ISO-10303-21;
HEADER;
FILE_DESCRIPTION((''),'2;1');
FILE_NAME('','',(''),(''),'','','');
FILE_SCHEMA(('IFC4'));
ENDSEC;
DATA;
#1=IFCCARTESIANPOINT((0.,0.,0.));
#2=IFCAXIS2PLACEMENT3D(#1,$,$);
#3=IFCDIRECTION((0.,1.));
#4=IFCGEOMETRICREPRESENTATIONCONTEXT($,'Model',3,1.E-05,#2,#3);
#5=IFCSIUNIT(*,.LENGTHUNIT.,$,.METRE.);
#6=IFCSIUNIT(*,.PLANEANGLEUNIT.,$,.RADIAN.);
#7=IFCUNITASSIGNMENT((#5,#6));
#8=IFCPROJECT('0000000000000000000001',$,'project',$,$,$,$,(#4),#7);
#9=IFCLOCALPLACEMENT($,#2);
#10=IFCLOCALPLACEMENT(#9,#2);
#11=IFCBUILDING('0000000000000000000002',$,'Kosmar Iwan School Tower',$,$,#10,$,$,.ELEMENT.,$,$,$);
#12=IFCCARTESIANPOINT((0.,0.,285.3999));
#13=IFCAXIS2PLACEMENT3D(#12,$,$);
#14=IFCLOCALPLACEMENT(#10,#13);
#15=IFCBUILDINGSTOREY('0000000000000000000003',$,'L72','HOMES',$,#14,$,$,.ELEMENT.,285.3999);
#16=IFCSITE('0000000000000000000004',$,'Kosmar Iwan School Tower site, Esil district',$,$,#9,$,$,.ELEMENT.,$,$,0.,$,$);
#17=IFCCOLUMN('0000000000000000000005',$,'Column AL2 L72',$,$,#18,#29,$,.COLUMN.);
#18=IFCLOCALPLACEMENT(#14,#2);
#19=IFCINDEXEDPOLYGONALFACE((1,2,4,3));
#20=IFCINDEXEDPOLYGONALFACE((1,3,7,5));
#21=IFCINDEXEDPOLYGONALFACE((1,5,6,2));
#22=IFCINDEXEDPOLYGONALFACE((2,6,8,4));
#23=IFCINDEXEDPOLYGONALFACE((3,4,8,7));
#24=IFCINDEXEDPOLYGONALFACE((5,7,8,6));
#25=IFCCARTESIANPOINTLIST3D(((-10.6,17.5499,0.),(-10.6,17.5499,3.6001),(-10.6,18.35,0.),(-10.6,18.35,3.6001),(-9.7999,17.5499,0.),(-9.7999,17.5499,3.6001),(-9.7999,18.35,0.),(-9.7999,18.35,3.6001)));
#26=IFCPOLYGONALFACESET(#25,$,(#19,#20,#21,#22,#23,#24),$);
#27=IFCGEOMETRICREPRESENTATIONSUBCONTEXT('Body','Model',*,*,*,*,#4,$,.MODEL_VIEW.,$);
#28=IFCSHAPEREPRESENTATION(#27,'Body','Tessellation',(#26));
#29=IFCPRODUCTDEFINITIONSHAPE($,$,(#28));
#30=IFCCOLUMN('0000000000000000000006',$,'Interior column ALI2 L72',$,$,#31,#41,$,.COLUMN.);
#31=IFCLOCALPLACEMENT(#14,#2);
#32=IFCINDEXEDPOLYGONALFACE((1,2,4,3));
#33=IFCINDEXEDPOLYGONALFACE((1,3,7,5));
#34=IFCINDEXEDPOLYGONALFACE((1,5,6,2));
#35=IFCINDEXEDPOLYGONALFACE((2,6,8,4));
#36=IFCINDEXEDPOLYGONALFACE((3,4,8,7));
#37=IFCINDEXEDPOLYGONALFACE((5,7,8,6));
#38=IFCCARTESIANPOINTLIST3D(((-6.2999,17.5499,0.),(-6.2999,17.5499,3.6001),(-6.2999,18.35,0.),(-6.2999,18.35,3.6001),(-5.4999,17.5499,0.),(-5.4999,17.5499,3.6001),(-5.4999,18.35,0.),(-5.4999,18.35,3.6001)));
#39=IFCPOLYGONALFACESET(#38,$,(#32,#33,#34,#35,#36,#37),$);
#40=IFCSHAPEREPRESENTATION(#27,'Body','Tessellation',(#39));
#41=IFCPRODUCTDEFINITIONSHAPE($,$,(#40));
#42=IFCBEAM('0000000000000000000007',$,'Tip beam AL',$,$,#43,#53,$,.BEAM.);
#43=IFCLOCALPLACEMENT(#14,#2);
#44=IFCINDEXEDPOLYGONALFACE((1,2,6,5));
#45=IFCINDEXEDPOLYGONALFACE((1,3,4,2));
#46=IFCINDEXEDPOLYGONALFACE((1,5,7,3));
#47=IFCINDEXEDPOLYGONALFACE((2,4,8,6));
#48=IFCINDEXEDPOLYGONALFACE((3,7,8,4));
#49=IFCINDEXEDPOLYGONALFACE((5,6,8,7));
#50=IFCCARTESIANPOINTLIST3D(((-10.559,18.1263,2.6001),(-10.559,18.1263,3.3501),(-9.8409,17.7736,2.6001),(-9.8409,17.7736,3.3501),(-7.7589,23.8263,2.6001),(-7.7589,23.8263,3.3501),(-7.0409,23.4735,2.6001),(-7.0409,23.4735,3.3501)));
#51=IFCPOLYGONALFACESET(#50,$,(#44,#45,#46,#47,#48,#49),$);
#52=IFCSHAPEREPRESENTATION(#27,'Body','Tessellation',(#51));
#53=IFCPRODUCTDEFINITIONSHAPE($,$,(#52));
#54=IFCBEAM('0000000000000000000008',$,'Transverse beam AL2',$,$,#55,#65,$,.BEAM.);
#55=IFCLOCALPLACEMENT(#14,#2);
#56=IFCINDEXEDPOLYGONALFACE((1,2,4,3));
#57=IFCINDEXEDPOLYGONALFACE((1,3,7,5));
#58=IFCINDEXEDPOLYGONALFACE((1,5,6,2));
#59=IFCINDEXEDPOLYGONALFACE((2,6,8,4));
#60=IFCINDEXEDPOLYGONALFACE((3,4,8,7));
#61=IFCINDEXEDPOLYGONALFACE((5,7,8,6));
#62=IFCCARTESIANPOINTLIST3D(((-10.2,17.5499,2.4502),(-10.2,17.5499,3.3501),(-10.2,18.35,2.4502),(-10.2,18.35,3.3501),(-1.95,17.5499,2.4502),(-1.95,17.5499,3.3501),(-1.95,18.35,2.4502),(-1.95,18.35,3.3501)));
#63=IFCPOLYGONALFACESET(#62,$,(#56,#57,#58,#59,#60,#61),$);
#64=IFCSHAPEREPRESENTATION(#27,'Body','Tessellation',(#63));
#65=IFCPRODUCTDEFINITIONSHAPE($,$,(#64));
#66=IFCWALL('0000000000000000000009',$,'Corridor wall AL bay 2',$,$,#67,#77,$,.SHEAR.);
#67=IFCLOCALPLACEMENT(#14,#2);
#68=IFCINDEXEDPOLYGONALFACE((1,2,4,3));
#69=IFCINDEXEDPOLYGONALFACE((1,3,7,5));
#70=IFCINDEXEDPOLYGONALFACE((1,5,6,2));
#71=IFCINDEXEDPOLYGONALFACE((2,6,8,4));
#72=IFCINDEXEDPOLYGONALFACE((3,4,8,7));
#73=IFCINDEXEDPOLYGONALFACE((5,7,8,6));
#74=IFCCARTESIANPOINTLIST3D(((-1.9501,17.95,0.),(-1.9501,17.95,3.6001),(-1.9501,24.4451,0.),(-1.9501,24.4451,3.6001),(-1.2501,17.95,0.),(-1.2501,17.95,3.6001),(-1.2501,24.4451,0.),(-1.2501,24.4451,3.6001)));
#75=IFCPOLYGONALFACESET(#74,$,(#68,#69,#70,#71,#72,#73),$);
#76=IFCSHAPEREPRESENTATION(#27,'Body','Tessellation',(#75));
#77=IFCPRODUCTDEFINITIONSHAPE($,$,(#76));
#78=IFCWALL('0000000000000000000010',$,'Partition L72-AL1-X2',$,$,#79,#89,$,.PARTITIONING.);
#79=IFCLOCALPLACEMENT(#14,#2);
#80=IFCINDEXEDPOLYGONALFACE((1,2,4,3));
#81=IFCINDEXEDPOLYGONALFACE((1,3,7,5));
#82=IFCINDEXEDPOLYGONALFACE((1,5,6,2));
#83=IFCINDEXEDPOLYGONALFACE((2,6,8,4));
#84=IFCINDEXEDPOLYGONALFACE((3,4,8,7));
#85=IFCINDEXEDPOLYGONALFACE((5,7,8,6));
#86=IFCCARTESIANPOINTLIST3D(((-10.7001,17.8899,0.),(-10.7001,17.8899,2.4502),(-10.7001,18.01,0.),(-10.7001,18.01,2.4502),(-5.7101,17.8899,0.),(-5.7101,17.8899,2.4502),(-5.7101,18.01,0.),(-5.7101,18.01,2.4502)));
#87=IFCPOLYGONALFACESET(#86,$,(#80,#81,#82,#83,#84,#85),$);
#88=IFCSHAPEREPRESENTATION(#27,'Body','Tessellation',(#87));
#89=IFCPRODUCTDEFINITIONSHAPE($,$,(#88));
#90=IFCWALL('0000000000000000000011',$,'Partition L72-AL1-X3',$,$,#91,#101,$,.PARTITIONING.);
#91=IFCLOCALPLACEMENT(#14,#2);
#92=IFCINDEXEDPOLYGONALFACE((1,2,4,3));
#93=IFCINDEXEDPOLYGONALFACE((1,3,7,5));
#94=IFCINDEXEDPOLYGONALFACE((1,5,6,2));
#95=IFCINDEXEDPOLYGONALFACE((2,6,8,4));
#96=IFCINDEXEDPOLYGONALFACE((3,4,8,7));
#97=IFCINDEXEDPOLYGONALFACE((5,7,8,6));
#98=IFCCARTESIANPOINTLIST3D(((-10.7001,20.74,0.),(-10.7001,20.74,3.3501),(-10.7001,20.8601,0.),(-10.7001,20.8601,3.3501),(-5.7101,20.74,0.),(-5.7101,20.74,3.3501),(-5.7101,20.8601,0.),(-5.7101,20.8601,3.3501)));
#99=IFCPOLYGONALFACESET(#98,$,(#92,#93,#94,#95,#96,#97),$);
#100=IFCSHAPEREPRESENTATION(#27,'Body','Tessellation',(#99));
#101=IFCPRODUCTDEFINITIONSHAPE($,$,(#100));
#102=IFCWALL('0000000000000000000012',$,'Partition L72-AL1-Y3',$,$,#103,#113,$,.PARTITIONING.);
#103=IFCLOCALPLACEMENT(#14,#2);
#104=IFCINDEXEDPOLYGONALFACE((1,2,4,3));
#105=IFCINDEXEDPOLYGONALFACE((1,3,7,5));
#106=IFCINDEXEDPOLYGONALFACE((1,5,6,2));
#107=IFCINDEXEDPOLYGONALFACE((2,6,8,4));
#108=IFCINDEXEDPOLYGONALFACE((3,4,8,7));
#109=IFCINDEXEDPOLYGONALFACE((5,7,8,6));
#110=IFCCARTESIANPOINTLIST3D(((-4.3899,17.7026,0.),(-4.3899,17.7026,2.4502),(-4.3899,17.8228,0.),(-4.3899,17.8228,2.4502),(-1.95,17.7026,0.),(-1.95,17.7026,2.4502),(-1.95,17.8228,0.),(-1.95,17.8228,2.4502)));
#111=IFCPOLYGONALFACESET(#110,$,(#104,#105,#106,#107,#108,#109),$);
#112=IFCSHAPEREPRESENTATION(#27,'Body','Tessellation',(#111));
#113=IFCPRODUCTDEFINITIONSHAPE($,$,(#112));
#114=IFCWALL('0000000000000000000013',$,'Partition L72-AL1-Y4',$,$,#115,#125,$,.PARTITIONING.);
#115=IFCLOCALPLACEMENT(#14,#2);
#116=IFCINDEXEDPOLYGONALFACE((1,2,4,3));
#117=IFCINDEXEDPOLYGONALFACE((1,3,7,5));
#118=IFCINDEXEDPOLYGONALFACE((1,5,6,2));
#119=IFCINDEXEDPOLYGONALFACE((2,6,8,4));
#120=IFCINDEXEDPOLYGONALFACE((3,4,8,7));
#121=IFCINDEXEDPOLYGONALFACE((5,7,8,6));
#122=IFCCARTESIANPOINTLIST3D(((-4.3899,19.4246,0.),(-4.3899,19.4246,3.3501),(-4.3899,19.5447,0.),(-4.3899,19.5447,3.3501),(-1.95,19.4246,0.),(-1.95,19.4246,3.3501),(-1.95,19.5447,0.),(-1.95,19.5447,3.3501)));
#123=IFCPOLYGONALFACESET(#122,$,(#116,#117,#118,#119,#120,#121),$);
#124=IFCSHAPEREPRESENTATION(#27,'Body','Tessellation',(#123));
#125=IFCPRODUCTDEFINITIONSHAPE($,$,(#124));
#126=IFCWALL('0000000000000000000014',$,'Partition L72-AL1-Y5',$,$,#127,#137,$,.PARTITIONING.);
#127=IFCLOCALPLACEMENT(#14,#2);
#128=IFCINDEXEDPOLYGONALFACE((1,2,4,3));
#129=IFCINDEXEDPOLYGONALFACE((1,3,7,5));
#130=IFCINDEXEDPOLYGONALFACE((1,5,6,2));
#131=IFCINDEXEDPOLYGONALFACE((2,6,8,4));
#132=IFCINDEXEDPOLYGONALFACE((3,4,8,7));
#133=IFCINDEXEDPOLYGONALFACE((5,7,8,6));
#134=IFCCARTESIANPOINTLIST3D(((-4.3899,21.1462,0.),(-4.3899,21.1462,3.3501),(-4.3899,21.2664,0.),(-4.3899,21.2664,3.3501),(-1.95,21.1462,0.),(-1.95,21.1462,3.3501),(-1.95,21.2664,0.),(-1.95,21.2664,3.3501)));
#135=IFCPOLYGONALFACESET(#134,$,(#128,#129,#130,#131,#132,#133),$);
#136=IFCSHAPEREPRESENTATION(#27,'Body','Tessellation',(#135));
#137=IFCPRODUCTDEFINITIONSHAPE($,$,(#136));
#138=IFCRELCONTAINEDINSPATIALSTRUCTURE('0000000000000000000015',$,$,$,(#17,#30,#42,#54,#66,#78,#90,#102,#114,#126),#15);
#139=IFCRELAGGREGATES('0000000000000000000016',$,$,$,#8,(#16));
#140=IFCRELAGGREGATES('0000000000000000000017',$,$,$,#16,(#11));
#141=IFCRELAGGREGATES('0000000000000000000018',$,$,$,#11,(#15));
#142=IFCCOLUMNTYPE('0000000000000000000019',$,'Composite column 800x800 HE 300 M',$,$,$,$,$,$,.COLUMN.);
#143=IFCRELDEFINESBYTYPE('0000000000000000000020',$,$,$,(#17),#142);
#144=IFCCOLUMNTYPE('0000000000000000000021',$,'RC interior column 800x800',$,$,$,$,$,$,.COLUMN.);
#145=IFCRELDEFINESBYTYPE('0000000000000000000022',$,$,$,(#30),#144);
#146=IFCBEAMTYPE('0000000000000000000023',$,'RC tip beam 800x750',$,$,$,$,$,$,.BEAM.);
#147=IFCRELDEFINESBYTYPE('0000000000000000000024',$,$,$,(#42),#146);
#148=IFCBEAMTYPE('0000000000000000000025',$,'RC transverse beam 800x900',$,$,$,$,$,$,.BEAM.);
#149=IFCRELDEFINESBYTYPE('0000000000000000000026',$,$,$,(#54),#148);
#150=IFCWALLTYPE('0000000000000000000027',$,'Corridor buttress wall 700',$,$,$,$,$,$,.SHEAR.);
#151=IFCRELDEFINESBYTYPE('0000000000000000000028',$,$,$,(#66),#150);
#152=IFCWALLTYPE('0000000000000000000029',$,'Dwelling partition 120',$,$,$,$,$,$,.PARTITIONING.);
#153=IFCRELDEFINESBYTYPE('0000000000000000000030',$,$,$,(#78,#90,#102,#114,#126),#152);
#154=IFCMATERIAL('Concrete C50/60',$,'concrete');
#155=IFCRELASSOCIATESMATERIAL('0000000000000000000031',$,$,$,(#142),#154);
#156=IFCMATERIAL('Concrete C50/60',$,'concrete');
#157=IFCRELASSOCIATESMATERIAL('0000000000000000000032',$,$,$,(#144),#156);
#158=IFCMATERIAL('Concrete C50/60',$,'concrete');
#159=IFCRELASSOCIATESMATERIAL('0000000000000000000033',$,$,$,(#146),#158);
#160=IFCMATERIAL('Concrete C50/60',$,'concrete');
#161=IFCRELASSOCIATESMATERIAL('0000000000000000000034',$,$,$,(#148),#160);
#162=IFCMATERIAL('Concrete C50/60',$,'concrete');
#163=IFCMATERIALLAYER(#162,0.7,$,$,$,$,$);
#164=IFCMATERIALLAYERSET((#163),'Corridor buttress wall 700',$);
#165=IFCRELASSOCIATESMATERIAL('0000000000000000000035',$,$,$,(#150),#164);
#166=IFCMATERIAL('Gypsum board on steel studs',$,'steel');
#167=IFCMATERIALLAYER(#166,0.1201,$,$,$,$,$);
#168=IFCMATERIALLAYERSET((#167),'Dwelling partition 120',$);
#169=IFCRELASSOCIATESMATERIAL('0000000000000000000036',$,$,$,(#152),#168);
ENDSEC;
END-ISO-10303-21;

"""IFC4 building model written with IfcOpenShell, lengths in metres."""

from ifc_helpers import new_model, si_unit, direction, frame, frame_2d, origin, origin_2d, place, context, subcontext, project, spatial, rectangle, extrude, material, layer, layer_set, material_profile, profile_set, type_object, element, save


model = new_model("IFC4")

# Units and contexts
model_context = context("Model", 3, precision=1e-05, world=origin(), true_north=direction((0.0, 1.0)))
body_context = subcontext(model_context, "Body", "Model", "MODEL_VIEW")
ifc_project = project(units=[si_unit("LENGTHUNIT", "METRE"), si_unit("PLANEANGLEUNIT", "RADIAN")], contexts=[model_context])

# Site, building, storey
site_placement = place(None, origin())
site = spatial("IfcSite", under=ifc_project, at=site_placement, Name="Kosmar Iwan School Tower site, Esil district", CompositionType="ELEMENT", RefElevation=0.0)
building_placement = place(site_placement, origin())
building = spatial("IfcBuilding", under=site, at=building_placement, Name="Kosmar Iwan School Tower", CompositionType="ELEMENT")
storey_placement = place(building_placement, frame((0.0, 0.0, 285.3999)))
storey = spatial("IfcBuildingStorey", under=building, at=storey_placement, Name="L72", Description="HOMES", CompositionType="ELEMENT", Elevation=285.3999)

# Columns
ifc_material_1 = material(Name="Concrete C50/60", Category="concrete")
ifc_material_profile_1 = material_profile(ifc_material_1, rectangle(XDim=0.8, YDim=0.8, at=origin_2d()), Name="RC 800x800 + HE 300 M")
ifc_profile_set_1 = profile_set([ifc_material_profile_1], Name="Concrete C50/60")
column_type_1 = type_object("IfcColumnType", Name="Composite column 800x800 HE 300 M", PredefinedType="COLUMN", material=ifc_profile_set_1)
column_1_placement = place(storey_placement, frame((-10.2, 17.95, 0.0), z_axis=(0.0, 0.0, 1.0), x_axis=(0.0, 1.0, 0.0)))
element("IfcColumn", 1, at=column_1_placement, inside=storey, type_object=column_type_1, Name="Column AL2 L72", PredefinedType="COLUMN", context=body_context, shape_type="SweptSolid", body=[
    extrude(rectangle(XDim=0.8, YDim=0.8, at=origin_2d()), origin(), (0.0, 0.0, 1.0), 3.6001),
])
ifc_material_2 = material(Name="Concrete C50/60", Category="concrete")
ifc_material_profile_2 = material_profile(ifc_material_2, rectangle(XDim=0.8, YDim=0.8, at=origin_2d()), Name="RC 800x800")
ifc_profile_set_2 = profile_set([ifc_material_profile_2], Name="Concrete C50/60")
column_type_2 = type_object("IfcColumnType", Name="RC interior column 800x800", PredefinedType="COLUMN", material=ifc_profile_set_2)
column_2_placement = place(storey_placement, frame((-5.8999, 17.95, 0.0), z_axis=(0.0, 0.0, 1.0), x_axis=(0.0, 1.0, 0.0)))
element("IfcColumn", 2, at=column_2_placement, inside=storey, type_object=column_type_2, Name="Interior column ALI2 L72", PredefinedType="COLUMN", context=body_context, shape_type="SweptSolid", body=[
    extrude(rectangle(XDim=0.8, YDim=0.8, at=origin_2d()), origin(), (0.0, 0.0, 1.0), 3.6001),
])

# Beams
ifc_material_3 = material(Name="Concrete C50/60", Category="concrete")
ifc_material_profile_3 = material_profile(ifc_material_3, rectangle(XDim=0.8, YDim=0.75, at=origin_2d()), Name="RC 800x750")
ifc_profile_set_3 = profile_set([ifc_material_profile_3], Name="Concrete C50/60")
beam_type_1 = type_object("IfcBeamType", Name="RC tip beam 800x750", PredefinedType="BEAM", material=ifc_profile_set_3)
beam_1_placement = place(storey_placement, frame((-10.2, 17.95, 2.9751), z_axis=(0.440913, 0.89755, 0.0), x_axis=(-0.89755, 0.440913, 0.0)))
element("IfcBeam", 3, at=beam_1_placement, inside=storey, type_object=beam_type_1, Name="Tip beam AL", PredefinedType="BEAM", context=body_context, shape_type="SweptSolid", body=[
    extrude(rectangle(XDim=0.8, YDim=0.75, at=origin_2d()), origin(), (0.0, 0.0, 1.0), 6.3506),
])
ifc_material_4 = material(Name="Concrete C50/60", Category="concrete")
ifc_material_profile_4 = material_profile(ifc_material_4, rectangle(XDim=0.8, YDim=0.8999, at=origin_2d()), Name="RC 800x900")
ifc_profile_set_4 = profile_set([ifc_material_profile_4], Name="Concrete C50/60")
beam_type_2 = type_object("IfcBeamType", Name="RC transverse beam 800x900", PredefinedType="BEAM", material=ifc_profile_set_4)
beam_2_placement = place(storey_placement, frame((-10.2, 17.95, 2.9001), z_axis=(1.0, 0.0, 0.0), x_axis=(0.0, 1.0, 0.0)))
element("IfcBeam", 4, at=beam_2_placement, inside=storey, type_object=beam_type_2, Name="Transverse beam AL2", PredefinedType="BEAM", context=body_context, shape_type="SweptSolid", body=[
    extrude(rectangle(XDim=0.8, YDim=0.8999, at=origin_2d()), origin(), (0.0, 0.0, 1.0), 8.25),
])

# Walls
ifc_material_5 = material(Name="Concrete C50/60", Category="concrete")
ifc_layer_1 = layer(ifc_material_5, 0.7)
ifc_layer_set_1 = layer_set([ifc_layer_1], Name="Corridor buttress wall 700")
wall_type_1 = type_object("IfcWallType", Name="Corridor buttress wall 700", PredefinedType="SHEAR", material=ifc_layer_set_1)
wall_1_placement = place(storey_placement, frame((-1.6001, 17.95, 0.0), z_axis=(0.0, 0.0, 1.0), x_axis=(0.0, 1.0, 0.0)))
element("IfcWall", 5, at=wall_1_placement, inside=storey, type_object=wall_type_1, Name="Corridor wall AL bay 2", PredefinedType="SHEAR", context=body_context, shape_type="SweptSolid", body=[
    extrude(rectangle(XDim=6.4951, YDim=0.7, at=frame_2d((3.2476, 0.0))), origin(), (0.0, 0.0, 1.0), 3.6001),
])
ifc_material_6 = material(Name="Gypsum board on steel studs", Category="steel")
ifc_layer_2 = layer(ifc_material_6, 0.1201)
ifc_layer_set_2 = layer_set([ifc_layer_2], Name="Dwelling partition 120")
wall_type_2 = type_object("IfcWallType", Name="Dwelling partition 120", PredefinedType="PARTITIONING", material=ifc_layer_set_2)
wall_2_placement = place(storey_placement, frame((-5.71, 17.95, 0.0), z_axis=(0.0, 0.0, 1.0), x_axis=(-1.0, 0.0, 0.0)))
element("IfcWall", 6, at=wall_2_placement, inside=storey, type_object=wall_type_2, Name="Partition L72-AL1-X2", PredefinedType="PARTITIONING", context=body_context, shape_type="SweptSolid", body=[
    extrude(rectangle(XDim=4.99, YDim=0.1201, at=frame_2d((2.4951, 0.0))), origin(), (0.0, 0.0, 1.0), 2.4502),
])
wall_3_placement = place(storey_placement, frame((-5.71, 20.8, 0.0), z_axis=(0.0, 0.0, 1.0), x_axis=(-1.0, 0.0, 0.0)))
element("IfcWall", 7, at=wall_3_placement, inside=storey, type_object=wall_type_2, Name="Partition L72-AL1-X3", PredefinedType="PARTITIONING", context=body_context, shape_type="SweptSolid", body=[
    extrude(rectangle(XDim=4.99, YDim=0.1201, at=frame_2d((2.4951, 0.0))), origin(), (0.0, 0.0, 1.0), 3.3501),
])
wall_4_placement = place(storey_placement, frame((-1.95, 17.7627, 0.0), z_axis=(0.0, 0.0, 1.0), x_axis=(-1.0, 0.0, 0.0)))
element("IfcWall", 8, at=wall_4_placement, inside=storey, type_object=wall_type_2, Name="Partition L72-AL1-Y3", PredefinedType="PARTITIONING", context=body_context, shape_type="SweptSolid", body=[
    extrude(rectangle(XDim=2.4399, YDim=0.1201, at=frame_2d((1.22, 0.0))), origin(), (0.0, 0.0, 1.0), 2.4502),
])
for number, where, z_axis, x_axis, name in (
    (9, (-1.95, 19.4846, 0.0), (0.0, 0.0, 1.0), (-1.0, 0.0, 0.0), "Partition L72-AL1-Y4"),
    (10, (-1.95, 21.2063, 0.0), (0.0, 0.0, 1.0), (-1.0, 0.0, 0.0), "Partition L72-AL1-Y5"),
):
    element("IfcWall", number, at=place(storey_placement, frame(where, z_axis=z_axis, x_axis=x_axis)), inside=storey, type_object=wall_type_2, Name=name, PredefinedType="PARTITIONING", context=body_context, shape_type="SweptSolid", body=[
        extrude(rectangle(XDim=2.4399, YDim=0.1201, at=frame_2d((1.22, 0.0))), origin(), (0.0, 0.0, 1.0), 3.3501),
    ])

save(model, "model.ifc")
